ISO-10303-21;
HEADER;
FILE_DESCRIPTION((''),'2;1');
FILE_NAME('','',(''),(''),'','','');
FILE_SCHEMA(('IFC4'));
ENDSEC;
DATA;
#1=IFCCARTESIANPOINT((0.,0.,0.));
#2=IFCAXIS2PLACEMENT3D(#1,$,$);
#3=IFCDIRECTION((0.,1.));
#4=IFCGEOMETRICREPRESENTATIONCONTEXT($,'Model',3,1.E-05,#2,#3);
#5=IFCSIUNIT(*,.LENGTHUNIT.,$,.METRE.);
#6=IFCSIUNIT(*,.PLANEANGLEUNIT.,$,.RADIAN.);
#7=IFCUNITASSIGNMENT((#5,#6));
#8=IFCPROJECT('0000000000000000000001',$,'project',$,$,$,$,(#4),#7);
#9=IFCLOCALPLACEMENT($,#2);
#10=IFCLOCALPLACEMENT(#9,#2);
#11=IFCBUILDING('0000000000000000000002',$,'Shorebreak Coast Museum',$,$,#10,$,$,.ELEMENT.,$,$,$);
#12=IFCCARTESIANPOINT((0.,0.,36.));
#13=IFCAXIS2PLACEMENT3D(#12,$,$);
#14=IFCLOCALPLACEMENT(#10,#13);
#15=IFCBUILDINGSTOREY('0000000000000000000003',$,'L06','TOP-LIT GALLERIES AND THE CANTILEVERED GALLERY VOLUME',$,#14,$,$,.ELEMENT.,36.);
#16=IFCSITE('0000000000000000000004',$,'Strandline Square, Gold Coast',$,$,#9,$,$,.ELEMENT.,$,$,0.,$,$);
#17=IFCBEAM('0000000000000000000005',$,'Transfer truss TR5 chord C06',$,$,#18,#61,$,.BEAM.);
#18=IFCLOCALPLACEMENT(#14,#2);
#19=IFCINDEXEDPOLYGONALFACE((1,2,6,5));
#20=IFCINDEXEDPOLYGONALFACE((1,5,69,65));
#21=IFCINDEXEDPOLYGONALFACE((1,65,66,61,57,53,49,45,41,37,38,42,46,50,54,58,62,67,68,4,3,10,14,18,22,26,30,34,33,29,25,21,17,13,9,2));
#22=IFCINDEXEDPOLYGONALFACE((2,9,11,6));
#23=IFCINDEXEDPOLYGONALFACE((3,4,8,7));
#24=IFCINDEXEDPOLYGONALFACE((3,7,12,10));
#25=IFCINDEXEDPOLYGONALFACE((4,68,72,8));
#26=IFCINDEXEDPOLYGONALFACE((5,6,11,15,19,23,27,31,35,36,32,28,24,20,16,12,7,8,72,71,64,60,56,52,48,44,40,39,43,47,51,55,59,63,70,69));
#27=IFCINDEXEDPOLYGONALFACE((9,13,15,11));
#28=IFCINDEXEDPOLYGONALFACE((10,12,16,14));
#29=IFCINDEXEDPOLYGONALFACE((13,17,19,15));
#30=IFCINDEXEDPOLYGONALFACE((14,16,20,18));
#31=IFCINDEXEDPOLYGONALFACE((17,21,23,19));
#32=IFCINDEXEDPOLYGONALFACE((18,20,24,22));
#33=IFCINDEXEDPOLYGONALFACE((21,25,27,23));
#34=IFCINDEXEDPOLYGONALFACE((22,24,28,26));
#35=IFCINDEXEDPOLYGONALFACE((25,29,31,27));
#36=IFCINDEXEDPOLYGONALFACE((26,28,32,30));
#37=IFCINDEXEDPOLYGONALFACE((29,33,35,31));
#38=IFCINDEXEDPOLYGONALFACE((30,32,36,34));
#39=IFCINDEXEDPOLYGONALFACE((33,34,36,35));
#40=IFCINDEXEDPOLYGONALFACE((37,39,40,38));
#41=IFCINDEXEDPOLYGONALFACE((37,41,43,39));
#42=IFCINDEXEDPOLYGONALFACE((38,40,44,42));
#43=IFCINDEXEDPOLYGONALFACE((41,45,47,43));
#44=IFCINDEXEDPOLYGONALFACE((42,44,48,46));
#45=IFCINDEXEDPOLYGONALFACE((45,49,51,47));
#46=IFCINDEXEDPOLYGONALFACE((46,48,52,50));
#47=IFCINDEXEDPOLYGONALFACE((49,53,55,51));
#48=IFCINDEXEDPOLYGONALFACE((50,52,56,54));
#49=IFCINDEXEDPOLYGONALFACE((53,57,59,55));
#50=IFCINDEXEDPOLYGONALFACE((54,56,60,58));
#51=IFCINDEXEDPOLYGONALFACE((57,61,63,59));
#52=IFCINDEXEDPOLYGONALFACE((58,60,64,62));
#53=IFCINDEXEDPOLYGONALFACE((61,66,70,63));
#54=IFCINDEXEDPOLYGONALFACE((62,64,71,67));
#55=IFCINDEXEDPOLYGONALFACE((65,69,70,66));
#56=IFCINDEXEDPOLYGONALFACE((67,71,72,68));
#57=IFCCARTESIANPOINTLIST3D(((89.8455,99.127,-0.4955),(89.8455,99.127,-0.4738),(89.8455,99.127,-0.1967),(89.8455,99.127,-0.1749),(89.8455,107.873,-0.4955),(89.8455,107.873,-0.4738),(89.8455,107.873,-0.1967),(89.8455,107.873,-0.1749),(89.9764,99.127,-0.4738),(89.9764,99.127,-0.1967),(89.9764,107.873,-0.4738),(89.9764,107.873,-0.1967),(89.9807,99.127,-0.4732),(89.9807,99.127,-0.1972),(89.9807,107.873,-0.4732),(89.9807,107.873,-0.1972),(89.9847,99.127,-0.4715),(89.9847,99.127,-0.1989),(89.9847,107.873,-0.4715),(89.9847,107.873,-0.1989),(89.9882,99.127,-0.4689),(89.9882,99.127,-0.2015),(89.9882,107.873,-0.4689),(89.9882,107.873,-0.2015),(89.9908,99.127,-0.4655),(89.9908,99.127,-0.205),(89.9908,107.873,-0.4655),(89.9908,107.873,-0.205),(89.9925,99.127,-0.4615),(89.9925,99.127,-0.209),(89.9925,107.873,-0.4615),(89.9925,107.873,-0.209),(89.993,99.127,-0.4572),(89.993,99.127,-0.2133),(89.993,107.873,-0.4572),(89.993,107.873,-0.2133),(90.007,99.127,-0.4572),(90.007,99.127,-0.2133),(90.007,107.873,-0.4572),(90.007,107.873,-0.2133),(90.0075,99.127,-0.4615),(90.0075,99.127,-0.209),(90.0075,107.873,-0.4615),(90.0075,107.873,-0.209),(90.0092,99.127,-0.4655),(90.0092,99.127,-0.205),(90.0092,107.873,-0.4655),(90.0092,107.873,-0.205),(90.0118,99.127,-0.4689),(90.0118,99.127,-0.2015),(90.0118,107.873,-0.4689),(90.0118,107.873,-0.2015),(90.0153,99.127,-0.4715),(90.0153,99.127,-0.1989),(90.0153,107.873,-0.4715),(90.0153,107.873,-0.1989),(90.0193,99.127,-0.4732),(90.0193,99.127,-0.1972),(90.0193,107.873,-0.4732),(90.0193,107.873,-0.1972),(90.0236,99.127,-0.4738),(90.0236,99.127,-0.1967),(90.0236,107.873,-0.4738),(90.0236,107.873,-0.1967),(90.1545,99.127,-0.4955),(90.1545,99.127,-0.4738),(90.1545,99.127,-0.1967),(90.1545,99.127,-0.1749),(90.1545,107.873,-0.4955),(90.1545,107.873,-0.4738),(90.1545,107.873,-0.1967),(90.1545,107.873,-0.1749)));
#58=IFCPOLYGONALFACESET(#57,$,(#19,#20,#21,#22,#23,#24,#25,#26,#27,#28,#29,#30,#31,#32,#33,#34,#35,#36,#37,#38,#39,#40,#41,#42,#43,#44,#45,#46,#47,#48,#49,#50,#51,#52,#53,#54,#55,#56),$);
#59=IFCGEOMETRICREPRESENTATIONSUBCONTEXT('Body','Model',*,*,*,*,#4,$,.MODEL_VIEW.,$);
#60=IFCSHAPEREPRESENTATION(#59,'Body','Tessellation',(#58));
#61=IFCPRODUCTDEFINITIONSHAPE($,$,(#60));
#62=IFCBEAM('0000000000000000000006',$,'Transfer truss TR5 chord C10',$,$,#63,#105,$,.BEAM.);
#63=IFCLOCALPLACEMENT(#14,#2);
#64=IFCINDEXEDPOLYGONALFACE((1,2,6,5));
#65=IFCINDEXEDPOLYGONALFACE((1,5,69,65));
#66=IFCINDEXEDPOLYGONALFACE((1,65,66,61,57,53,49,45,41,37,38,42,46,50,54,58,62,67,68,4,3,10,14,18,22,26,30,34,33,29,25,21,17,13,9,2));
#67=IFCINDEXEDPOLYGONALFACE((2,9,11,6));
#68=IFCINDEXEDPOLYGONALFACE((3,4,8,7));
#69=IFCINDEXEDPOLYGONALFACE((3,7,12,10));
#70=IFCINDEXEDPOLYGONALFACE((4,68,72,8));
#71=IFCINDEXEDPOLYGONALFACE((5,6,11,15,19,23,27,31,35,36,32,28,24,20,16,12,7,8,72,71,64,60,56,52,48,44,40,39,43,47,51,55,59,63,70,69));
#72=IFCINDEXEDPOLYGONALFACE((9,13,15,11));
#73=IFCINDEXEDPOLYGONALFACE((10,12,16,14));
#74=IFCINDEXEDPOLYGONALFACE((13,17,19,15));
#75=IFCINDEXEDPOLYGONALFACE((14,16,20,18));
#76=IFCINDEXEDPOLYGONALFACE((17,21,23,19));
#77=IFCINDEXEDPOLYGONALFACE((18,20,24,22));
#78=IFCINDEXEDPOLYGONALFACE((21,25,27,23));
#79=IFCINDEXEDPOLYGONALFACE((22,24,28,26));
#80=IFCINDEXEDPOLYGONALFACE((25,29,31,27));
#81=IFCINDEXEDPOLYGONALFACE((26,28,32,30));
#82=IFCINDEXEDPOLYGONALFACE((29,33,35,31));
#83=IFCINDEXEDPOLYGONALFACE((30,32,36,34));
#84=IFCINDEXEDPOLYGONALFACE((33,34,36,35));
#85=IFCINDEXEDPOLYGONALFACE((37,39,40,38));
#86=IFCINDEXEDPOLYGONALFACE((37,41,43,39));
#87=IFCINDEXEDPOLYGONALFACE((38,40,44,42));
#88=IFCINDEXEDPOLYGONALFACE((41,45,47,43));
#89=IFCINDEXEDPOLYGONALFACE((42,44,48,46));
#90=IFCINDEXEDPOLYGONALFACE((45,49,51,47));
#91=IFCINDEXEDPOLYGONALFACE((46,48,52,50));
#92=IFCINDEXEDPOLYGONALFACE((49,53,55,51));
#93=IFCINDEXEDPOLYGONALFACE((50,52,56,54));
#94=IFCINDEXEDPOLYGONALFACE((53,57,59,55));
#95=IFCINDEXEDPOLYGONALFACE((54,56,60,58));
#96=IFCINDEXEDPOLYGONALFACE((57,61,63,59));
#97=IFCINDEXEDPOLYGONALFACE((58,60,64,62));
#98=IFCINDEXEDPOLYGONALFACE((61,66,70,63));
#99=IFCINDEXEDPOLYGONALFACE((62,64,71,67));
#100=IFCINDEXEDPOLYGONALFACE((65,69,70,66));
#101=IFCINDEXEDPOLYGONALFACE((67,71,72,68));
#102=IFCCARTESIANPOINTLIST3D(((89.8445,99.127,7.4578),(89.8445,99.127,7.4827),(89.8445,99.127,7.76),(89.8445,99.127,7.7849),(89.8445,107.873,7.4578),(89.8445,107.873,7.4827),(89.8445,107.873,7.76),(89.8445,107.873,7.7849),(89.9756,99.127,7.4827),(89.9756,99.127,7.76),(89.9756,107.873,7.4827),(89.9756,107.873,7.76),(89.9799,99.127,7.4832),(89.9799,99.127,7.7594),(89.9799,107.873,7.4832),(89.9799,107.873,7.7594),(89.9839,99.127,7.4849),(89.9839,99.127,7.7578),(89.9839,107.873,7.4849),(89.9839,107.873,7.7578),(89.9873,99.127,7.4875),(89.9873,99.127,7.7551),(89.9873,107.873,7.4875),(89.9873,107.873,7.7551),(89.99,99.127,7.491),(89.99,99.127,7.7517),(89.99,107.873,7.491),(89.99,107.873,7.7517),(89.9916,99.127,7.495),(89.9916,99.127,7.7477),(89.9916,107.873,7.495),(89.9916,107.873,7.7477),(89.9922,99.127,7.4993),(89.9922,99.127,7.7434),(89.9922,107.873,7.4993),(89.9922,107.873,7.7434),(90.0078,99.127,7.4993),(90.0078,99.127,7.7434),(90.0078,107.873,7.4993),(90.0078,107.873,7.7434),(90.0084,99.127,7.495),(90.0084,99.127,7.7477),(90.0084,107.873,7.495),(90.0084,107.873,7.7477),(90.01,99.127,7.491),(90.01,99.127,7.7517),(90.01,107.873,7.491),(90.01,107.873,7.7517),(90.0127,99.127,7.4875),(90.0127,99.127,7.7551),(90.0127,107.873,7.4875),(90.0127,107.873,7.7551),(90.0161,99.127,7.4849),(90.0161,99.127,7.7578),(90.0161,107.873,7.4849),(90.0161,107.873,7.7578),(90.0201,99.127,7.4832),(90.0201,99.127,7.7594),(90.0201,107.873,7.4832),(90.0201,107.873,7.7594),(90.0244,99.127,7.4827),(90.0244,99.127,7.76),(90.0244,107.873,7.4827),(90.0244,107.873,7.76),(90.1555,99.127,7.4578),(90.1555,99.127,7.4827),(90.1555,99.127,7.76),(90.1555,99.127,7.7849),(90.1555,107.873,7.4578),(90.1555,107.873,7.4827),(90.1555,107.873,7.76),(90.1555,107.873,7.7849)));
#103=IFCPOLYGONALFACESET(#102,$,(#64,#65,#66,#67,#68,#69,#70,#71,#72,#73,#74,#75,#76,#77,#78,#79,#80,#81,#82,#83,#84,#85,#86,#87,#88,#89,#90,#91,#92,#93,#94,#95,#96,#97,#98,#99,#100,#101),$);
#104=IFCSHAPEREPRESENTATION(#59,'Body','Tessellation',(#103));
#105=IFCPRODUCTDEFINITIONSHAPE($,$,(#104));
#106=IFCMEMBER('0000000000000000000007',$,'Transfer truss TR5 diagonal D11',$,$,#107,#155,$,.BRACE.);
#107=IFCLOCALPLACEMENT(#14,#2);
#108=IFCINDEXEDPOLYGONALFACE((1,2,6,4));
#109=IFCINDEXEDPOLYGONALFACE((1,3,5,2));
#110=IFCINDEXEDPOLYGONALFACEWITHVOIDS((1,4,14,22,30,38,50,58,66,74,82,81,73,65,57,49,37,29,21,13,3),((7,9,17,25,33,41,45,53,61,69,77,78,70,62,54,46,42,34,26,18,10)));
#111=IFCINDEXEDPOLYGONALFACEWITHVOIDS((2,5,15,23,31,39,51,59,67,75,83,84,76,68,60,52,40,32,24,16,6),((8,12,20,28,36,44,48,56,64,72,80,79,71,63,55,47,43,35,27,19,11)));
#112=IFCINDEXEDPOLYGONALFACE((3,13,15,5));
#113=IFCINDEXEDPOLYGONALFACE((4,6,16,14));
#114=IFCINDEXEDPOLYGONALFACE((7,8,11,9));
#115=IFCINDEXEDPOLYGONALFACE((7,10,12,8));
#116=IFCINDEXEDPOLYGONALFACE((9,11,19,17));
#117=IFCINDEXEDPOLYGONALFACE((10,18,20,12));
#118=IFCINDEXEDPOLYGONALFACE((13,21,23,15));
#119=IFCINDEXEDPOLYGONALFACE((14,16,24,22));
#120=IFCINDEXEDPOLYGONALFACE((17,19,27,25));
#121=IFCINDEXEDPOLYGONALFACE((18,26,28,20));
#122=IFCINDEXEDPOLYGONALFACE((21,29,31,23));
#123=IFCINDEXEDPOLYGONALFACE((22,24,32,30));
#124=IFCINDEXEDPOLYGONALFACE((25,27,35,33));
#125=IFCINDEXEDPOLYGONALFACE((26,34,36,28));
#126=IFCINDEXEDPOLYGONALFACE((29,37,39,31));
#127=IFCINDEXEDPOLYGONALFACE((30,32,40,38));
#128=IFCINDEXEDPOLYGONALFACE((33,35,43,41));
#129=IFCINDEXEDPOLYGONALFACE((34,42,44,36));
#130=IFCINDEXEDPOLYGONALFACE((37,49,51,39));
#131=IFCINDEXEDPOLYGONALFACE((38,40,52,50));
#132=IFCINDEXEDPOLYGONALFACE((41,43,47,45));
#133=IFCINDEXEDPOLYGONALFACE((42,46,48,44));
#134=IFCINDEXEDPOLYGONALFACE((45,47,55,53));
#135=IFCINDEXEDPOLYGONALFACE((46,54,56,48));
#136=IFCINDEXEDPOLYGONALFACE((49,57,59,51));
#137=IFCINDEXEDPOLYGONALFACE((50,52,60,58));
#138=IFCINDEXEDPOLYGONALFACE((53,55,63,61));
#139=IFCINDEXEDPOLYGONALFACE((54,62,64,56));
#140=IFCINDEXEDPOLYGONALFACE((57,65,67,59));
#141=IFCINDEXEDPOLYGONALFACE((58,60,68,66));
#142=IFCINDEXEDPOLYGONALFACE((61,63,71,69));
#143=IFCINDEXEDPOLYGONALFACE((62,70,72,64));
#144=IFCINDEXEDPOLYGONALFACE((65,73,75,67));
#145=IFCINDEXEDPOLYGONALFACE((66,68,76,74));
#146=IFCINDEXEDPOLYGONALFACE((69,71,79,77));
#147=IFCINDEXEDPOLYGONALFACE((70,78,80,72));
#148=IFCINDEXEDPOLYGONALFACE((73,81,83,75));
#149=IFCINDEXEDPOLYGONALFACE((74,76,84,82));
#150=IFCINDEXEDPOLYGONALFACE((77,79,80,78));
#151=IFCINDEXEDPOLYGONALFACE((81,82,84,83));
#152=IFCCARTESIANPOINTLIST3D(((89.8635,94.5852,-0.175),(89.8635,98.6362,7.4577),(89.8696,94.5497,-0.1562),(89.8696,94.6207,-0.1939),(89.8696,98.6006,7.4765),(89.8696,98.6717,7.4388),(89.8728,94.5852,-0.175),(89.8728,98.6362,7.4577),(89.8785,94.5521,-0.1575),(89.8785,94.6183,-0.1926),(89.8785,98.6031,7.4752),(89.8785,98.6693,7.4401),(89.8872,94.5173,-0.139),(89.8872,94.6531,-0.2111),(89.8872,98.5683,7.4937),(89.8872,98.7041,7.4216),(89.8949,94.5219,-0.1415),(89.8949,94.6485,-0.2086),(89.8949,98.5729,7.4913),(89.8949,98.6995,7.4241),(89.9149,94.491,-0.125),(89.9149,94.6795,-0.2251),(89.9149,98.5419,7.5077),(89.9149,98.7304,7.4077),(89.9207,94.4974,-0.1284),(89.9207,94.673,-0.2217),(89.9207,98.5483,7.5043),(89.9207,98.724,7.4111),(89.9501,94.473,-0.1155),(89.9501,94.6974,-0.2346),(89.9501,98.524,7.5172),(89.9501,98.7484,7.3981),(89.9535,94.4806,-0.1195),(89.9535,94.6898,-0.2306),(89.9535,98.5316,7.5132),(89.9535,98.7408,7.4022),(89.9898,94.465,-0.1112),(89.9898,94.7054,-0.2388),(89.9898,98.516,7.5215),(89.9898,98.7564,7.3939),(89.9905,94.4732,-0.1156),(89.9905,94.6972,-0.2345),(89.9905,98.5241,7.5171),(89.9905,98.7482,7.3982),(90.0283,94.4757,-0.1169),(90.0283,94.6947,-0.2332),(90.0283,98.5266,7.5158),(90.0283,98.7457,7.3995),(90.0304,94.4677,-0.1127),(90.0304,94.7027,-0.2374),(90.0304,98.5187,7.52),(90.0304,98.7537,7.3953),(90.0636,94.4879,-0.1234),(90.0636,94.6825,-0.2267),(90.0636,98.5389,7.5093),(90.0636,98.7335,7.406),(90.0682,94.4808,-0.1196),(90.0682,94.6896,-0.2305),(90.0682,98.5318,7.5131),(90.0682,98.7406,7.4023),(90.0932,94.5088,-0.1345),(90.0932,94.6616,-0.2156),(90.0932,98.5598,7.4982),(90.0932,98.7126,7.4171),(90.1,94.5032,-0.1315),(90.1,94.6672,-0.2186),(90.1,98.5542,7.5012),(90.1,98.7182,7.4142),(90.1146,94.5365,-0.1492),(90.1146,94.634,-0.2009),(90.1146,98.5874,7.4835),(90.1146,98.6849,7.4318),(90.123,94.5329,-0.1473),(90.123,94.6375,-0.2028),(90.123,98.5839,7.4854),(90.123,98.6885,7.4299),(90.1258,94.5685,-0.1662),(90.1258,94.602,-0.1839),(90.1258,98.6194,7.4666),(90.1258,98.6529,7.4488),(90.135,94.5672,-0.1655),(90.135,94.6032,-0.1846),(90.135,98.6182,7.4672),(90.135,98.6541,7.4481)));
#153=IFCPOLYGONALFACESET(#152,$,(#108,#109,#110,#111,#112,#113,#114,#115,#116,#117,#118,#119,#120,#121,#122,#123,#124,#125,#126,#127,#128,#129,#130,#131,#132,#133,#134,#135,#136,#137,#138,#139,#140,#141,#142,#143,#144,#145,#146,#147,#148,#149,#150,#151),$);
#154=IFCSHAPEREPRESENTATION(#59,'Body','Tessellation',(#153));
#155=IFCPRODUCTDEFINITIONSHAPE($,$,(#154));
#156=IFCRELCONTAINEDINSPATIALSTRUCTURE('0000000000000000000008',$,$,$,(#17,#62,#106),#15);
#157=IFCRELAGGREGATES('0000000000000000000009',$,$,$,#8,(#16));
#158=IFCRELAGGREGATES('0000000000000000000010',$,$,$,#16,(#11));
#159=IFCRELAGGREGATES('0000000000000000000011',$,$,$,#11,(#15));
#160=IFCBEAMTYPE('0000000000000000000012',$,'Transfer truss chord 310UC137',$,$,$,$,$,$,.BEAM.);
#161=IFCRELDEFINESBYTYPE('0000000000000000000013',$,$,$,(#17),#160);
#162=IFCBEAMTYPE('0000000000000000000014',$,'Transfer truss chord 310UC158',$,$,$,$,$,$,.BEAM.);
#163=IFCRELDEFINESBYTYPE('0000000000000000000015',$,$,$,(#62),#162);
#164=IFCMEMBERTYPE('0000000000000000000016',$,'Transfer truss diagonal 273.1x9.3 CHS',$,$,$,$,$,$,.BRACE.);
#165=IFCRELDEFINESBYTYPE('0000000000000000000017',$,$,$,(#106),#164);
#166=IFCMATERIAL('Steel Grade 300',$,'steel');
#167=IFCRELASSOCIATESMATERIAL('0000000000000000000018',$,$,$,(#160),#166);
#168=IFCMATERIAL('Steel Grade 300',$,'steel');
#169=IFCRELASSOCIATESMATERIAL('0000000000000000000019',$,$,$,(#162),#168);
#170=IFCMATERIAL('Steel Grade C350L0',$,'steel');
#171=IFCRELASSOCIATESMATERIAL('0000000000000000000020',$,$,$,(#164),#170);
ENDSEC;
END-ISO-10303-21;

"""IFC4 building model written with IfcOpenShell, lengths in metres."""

from ifc_helpers import new_model, si_unit, direction, frame, origin, origin_2d, place, context, subcontext, project, spatial, hollow_circle, i_section, extrude, material, material_profile, profile_set, type_object, element, save


model = new_model("IFC4")

# Units and contexts
model_context = context("Model", 3, precision=1e-05, world=origin(), true_north=direction((0.0, 1.0)))
body_context = subcontext(model_context, "Body", "Model", "MODEL_VIEW")
ifc_project = project(units=[si_unit("LENGTHUNIT", "METRE"), si_unit("PLANEANGLEUNIT", "RADIAN")], contexts=[model_context])

# Site, building, storey
site_placement = place(None, origin())
site = spatial("IfcSite", under=ifc_project, at=site_placement, Name="Strandline Square, Gold Coast", CompositionType="ELEMENT", RefElevation=0.0)
building_placement = place(site_placement, origin())
building = spatial("IfcBuilding", under=site, at=building_placement, Name="Shorebreak Coast Museum", CompositionType="ELEMENT")
storey_placement = place(building_placement, frame((0.0, 0.0, 36.0)))
storey = spatial("IfcBuildingStorey", under=building, at=storey_placement, Name="L06", Description="TOP-LIT GALLERIES AND THE CANTILEVERED GALLERY VOLUME", CompositionType="ELEMENT", Elevation=36.0)

# Beams
ifc_material_1 = material(Name="Steel Grade 300", Category="steel")
ifc_material_profile_1 = material_profile(ifc_material_1, i_section(OverallWidth=0.3091, OverallDepth=0.3206, WebThickness=0.0139, FlangeThickness=0.0217, FilletRadius=0.0166, at=origin_2d()), Name="310UC137")
ifc_profile_set_1 = profile_set([ifc_material_profile_1], Name="Steel Grade 300")
beam_type_1 = type_object("IfcBeamType", Name="Transfer truss chord 310UC137", PredefinedType="BEAM", material=ifc_profile_set_1)
beam_1_placement = place(storey_placement, frame((90.0, 99.127, -0.3352), z_axis=(0.0, 1.0, 0.0), x_axis=(-1.0, 0.0, 0.0)))
element("IfcBeam", 1, at=beam_1_placement, inside=storey, type_object=beam_type_1, Name="Transfer truss TR5 chord C06", PredefinedType="BEAM", context=body_context, shape_type="SweptSolid", body=[
    extrude(i_section(OverallWidth=0.3091, OverallDepth=0.3206, WebThickness=0.0139, FlangeThickness=0.0217, FilletRadius=0.0166, at=origin_2d()), origin(), (0.0, 0.0, 1.0), 8.7461),
])
ifc_material_2 = material(Name="Steel Grade 300", Category="steel")
ifc_material_profile_2 = material_profile(ifc_material_2, i_section(OverallWidth=0.311, OverallDepth=0.3271, WebThickness=0.0156, FlangeThickness=0.0249, FilletRadius=0.0166, at=origin_2d()), Name="310UC158")
ifc_profile_set_2 = profile_set([ifc_material_profile_2], Name="Steel Grade 300")
beam_type_2 = type_object("IfcBeamType", Name="Transfer truss chord 310UC158", PredefinedType="BEAM", material=ifc_profile_set_2)
beam_2_placement = place(storey_placement, frame((90.0, 99.127, 7.6213), z_axis=(0.0, 1.0, 0.0), x_axis=(-1.0, 0.0, 0.0)))
element("IfcBeam", 2, at=beam_2_placement, inside=storey, type_object=beam_type_2, Name="Transfer truss TR5 chord C10", PredefinedType="BEAM", context=body_context, shape_type="SweptSolid", body=[
    extrude(i_section(OverallWidth=0.311, OverallDepth=0.3271, WebThickness=0.0156, FlangeThickness=0.0249, FilletRadius=0.0166, at=origin_2d()), origin(), (0.0, 0.0, 1.0), 8.7461),
])

# Member
ifc_material_3 = material(Name="Steel Grade C350L0", Category="steel")
ifc_material_profile_3 = material_profile(ifc_material_3, hollow_circle(Radius=0.1365, WallThickness=0.0093, at=origin_2d()), Name="273.1x9.3 CHS")
ifc_profile_set_3 = profile_set([ifc_material_profile_3], Name="Steel Grade C350L0")
member_type_1 = type_object("IfcMemberType", Name="Transfer truss diagonal 273.1x9.3 CHS", PredefinedType="BRACE", material=ifc_profile_set_3)
member_1_placement = place(storey_placement, frame((90.0, 94.5852, -0.175), z_axis=(0.0, 0.468803, 0.883303), x_axis=(-1.0, 0.0, 0.0)))
element("IfcMember", 3, at=member_1_placement, inside=storey, type_object=member_type_1, Name="Transfer truss TR5 diagonal D11", PredefinedType="BRACE", context=body_context, shape_type="SweptSolid", body=[
    extrude(hollow_circle(Radius=0.1365, WallThickness=0.0093, at=origin_2d()), origin(), (0.0, 0.0, 1.0), 8.6411),
])

save(model, "model.ifc")
